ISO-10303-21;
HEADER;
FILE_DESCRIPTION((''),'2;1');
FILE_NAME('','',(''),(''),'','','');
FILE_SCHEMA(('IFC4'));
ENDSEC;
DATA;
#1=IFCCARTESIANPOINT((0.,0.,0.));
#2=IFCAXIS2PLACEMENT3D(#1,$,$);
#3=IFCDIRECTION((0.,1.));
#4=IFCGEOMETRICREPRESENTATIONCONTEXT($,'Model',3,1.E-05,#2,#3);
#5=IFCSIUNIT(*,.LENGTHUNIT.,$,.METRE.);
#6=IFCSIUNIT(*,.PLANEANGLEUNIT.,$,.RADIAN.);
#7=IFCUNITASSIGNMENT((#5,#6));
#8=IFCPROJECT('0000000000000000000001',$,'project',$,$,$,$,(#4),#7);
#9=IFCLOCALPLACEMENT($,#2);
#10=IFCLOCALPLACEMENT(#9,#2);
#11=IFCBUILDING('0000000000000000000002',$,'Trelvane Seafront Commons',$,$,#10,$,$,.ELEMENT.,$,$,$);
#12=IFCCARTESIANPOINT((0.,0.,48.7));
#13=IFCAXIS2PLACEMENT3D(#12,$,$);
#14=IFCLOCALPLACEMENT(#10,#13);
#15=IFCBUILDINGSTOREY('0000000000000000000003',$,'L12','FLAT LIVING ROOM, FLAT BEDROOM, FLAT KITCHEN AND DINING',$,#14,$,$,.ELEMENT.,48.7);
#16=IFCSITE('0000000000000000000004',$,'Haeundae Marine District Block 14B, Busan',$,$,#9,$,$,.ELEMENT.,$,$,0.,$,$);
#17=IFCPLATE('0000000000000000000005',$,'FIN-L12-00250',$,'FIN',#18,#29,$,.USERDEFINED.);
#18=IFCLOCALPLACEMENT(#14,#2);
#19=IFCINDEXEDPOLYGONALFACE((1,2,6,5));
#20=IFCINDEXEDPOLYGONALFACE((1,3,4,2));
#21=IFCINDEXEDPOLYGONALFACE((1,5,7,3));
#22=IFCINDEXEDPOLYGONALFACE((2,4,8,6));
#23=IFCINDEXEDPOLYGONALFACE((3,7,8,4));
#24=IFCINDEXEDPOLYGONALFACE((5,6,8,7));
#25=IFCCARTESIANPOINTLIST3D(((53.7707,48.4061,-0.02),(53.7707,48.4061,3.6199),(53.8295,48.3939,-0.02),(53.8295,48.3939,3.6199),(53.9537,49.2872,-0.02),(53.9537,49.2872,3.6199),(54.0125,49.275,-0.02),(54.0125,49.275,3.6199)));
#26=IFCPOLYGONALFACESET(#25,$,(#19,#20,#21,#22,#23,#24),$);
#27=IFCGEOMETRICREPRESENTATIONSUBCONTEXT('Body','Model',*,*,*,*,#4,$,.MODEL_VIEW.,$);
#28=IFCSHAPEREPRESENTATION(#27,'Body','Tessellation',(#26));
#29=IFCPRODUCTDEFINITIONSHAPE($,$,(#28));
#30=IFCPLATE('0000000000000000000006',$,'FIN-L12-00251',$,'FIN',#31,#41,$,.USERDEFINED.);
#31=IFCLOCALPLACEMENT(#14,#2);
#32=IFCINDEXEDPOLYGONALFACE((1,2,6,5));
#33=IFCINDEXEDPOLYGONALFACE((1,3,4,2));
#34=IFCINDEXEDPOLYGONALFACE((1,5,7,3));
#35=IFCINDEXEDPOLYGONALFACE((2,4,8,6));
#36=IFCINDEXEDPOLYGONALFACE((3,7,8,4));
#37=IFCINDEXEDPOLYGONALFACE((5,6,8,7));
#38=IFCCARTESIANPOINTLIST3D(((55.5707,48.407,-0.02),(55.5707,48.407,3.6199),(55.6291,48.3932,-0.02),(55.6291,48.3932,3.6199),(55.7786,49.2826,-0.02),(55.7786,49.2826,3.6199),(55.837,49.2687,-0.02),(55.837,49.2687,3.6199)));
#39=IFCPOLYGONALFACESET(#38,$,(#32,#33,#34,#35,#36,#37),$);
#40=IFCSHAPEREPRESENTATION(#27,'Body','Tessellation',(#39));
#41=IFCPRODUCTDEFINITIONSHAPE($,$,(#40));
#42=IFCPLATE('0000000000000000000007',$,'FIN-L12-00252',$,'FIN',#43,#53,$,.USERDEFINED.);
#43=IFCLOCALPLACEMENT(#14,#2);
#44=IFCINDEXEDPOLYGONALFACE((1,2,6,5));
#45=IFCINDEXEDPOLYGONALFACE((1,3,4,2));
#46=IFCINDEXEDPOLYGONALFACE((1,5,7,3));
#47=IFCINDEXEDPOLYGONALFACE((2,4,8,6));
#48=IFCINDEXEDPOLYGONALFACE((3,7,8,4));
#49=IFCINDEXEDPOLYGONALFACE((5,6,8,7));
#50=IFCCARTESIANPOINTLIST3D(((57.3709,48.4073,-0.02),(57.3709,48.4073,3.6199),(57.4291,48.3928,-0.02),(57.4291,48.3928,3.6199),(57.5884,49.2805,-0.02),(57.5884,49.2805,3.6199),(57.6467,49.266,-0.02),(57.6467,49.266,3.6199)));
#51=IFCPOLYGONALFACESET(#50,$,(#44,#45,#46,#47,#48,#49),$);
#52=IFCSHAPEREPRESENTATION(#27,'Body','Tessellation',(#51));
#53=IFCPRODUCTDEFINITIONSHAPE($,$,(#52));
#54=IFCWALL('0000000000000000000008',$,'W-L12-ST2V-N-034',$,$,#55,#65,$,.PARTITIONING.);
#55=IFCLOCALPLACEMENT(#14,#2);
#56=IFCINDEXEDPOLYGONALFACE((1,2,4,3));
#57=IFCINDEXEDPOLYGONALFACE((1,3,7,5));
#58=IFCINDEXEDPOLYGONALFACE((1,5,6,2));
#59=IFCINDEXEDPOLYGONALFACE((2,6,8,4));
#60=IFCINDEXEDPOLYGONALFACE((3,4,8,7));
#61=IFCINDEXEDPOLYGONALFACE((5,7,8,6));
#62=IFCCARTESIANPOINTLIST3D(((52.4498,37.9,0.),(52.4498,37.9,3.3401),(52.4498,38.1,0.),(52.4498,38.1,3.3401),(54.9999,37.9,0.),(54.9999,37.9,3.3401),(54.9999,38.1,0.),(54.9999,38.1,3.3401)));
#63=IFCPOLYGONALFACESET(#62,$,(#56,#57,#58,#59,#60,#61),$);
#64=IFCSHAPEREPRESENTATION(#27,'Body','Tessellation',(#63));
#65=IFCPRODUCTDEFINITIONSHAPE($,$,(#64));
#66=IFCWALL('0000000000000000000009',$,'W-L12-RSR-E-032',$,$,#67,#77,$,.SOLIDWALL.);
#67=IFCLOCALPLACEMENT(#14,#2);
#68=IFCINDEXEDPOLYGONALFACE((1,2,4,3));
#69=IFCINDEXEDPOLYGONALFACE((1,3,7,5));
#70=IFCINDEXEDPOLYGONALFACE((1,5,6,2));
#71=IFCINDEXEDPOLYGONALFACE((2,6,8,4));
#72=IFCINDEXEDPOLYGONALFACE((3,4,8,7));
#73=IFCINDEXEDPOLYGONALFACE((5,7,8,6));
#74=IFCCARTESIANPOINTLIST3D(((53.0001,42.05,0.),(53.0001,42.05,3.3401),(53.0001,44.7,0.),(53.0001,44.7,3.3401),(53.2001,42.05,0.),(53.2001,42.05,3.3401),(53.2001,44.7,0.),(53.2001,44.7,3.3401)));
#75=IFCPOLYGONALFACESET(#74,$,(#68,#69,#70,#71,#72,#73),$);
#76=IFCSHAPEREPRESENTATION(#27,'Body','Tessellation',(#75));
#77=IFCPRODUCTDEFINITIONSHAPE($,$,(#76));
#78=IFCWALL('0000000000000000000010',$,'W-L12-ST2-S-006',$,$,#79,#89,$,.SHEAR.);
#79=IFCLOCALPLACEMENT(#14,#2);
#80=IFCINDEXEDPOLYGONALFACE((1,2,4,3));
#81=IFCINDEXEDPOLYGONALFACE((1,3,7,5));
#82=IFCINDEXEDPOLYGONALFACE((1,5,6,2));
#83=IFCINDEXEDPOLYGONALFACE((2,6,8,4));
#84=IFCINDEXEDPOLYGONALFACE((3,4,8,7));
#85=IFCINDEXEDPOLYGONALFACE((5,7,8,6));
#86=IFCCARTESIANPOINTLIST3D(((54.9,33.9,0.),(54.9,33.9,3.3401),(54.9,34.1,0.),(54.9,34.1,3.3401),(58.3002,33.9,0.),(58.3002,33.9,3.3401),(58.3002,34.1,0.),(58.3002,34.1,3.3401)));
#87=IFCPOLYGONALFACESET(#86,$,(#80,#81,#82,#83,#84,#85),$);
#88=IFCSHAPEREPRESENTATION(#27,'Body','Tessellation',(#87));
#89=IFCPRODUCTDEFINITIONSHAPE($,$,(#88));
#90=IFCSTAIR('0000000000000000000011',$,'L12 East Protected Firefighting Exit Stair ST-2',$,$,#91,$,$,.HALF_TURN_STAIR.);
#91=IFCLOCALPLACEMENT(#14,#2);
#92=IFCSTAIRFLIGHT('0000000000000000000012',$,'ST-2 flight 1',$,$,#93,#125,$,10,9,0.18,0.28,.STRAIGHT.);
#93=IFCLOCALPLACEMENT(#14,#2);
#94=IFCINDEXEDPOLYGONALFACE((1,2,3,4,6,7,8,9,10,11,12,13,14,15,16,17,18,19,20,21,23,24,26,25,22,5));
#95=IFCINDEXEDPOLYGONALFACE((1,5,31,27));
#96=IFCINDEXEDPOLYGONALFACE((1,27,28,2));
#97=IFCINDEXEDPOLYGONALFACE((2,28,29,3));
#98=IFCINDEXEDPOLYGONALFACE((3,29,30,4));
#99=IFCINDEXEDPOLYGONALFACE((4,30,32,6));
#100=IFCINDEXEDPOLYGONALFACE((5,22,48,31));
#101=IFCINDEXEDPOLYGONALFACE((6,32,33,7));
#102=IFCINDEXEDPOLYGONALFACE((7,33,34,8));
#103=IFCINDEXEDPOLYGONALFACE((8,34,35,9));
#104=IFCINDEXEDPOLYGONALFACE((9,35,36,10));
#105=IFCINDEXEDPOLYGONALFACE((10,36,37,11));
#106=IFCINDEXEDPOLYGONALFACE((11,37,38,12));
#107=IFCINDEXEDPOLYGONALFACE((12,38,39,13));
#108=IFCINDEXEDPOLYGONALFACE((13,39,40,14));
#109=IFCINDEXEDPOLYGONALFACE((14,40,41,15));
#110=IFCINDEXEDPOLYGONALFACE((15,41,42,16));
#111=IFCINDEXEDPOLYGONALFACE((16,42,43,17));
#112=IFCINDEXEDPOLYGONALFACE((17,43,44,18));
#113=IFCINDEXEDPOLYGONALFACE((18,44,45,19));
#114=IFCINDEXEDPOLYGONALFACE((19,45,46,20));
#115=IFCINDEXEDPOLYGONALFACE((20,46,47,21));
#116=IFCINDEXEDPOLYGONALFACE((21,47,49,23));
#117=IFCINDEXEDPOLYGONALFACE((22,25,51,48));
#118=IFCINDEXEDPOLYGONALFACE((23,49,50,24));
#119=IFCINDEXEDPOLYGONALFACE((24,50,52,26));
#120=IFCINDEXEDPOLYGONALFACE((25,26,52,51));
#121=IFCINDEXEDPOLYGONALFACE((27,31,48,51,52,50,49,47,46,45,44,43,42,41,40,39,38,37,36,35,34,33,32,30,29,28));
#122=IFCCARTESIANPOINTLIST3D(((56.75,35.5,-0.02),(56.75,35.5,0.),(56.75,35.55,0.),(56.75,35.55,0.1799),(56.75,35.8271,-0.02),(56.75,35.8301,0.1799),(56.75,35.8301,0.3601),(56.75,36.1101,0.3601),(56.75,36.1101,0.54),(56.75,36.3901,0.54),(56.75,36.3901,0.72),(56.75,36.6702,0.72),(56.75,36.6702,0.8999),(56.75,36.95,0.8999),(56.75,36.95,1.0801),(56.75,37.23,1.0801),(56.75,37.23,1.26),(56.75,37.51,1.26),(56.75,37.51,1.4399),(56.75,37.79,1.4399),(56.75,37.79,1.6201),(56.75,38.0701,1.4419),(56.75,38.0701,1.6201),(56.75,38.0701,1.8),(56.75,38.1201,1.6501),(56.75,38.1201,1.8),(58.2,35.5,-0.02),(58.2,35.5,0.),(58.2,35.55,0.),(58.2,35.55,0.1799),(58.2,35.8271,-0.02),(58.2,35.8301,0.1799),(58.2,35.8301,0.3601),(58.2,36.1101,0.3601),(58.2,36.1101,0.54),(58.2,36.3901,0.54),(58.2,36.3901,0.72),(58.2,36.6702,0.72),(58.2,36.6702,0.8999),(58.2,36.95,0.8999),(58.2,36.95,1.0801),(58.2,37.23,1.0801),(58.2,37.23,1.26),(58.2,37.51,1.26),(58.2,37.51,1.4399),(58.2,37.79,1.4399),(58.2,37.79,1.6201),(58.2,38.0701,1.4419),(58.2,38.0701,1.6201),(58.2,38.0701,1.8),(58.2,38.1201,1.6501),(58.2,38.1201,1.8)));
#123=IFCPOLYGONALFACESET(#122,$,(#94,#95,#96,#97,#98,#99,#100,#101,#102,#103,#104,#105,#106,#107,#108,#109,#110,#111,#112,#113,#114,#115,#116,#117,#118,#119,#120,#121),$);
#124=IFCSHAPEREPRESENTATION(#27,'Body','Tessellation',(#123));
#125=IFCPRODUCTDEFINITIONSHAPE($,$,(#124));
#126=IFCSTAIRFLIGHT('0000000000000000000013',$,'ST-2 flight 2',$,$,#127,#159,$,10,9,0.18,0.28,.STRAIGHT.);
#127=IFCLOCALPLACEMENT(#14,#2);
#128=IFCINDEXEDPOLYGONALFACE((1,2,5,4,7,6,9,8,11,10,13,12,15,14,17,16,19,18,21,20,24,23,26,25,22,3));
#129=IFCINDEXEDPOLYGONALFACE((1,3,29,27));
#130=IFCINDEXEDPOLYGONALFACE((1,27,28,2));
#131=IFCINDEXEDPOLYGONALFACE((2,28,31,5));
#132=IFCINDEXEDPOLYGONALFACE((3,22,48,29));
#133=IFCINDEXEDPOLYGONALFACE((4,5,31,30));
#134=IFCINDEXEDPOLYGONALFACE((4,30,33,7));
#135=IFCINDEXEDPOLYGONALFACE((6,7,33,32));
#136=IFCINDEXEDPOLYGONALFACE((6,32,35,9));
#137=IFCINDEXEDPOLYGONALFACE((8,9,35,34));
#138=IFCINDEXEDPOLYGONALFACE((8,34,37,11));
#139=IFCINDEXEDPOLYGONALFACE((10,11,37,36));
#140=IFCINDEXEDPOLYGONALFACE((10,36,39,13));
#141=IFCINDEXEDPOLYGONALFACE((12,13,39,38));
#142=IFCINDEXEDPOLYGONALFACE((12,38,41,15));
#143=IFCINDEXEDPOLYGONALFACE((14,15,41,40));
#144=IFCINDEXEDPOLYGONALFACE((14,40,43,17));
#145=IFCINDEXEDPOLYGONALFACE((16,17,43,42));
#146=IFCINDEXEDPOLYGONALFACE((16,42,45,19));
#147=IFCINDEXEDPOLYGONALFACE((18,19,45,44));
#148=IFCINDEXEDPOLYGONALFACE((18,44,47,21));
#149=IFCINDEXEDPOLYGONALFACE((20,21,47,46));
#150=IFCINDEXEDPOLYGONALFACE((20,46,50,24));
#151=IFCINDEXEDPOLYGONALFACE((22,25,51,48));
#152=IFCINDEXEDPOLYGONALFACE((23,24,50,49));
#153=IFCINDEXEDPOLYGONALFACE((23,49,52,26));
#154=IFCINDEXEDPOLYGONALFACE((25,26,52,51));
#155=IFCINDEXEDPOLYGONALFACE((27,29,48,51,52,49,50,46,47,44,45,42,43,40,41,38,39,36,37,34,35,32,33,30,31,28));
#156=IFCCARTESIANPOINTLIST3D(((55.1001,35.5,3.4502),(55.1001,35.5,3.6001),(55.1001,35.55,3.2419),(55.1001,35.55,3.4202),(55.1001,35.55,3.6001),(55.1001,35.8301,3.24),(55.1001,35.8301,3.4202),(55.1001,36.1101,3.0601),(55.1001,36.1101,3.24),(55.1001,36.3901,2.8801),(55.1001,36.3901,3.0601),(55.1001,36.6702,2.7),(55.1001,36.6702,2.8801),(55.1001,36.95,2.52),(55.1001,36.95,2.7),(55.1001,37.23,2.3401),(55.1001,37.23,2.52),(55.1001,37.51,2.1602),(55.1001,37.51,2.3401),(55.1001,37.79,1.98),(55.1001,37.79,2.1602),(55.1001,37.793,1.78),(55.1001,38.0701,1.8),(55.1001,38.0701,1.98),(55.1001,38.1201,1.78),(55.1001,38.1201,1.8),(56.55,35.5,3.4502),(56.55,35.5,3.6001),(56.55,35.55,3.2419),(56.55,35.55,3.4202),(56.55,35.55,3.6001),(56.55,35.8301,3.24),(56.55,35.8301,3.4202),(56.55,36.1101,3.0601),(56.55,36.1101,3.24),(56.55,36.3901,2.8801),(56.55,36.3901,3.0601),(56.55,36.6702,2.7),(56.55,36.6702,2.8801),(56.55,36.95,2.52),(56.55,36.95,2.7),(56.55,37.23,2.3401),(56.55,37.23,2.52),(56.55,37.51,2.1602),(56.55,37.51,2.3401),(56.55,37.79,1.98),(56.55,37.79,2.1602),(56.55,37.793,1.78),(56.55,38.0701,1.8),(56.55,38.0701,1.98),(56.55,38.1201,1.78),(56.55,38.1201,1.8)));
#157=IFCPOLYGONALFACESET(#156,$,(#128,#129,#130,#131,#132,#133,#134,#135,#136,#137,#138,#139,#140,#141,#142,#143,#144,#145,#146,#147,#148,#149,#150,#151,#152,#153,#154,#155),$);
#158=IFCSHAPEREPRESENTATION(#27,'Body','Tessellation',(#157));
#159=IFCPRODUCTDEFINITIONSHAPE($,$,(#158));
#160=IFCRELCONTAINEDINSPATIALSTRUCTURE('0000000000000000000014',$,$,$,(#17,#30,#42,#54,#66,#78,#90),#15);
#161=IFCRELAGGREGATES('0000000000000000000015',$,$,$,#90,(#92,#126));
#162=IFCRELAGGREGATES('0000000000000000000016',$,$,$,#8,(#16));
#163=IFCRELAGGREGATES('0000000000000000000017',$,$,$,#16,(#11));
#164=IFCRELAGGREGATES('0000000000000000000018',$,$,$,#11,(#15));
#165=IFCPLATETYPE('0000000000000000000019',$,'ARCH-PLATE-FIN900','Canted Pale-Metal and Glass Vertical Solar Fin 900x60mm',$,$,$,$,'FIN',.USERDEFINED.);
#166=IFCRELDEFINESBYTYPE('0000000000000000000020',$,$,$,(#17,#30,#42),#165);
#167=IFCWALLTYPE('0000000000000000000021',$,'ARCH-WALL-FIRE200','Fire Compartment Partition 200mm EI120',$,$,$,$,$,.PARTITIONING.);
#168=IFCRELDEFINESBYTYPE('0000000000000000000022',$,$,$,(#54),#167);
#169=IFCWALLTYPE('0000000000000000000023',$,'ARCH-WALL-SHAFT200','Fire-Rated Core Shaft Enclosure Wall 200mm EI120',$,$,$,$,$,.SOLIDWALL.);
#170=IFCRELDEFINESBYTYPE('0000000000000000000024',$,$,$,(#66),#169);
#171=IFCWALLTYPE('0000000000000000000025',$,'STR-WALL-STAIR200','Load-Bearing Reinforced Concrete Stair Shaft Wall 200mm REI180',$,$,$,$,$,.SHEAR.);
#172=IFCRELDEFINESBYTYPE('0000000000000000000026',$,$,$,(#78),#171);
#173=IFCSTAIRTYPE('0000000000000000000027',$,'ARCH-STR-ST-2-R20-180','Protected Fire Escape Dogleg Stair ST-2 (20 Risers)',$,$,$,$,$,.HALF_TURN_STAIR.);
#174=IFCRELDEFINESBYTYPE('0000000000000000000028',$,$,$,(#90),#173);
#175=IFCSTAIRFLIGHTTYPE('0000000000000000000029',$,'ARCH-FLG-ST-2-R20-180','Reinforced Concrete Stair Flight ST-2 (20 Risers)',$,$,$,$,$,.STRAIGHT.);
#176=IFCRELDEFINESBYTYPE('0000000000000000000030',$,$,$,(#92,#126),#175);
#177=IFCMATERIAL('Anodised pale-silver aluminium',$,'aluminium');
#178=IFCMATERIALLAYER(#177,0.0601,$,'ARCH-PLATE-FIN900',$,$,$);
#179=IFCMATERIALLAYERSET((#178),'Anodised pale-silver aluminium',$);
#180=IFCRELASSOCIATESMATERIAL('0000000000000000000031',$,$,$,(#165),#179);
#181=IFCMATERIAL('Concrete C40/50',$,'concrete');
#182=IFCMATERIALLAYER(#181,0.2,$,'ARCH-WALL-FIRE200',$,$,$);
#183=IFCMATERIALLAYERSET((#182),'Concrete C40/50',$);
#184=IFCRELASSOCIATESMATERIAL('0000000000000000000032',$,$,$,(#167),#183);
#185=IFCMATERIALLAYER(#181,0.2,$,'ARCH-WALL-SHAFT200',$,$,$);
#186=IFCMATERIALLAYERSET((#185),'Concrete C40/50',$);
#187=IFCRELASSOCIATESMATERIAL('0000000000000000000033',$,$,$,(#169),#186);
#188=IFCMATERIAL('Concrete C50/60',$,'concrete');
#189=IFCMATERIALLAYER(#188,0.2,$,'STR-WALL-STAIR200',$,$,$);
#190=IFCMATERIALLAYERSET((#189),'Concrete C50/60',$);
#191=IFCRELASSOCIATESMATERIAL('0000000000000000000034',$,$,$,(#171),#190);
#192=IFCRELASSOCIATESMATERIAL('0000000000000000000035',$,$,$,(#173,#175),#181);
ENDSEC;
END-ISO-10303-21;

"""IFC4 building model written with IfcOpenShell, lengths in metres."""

from ifc_helpers import new_model, si_unit, direction, frame, frame_2d, origin, origin_2d, place, context, subcontext, project, spatial, polyline, rectangle, outline, extrude, source, transform, mapped, material, layer, layer_set, type_object, element, aggregate, save


model = new_model("IFC4")

# Units and contexts
model_context = context("Model", 3, precision=1e-05, world=origin(), true_north=direction((0.0, 1.0)))
body_context = subcontext(model_context, "Body", "Model", "MODEL_VIEW")
ifc_project = project(units=[si_unit("LENGTHUNIT", "METRE"), si_unit("PLANEANGLEUNIT", "RADIAN")], contexts=[model_context])

# Site, building, storey
site_placement = place(None, origin())
site = spatial("IfcSite", under=ifc_project, at=site_placement, Name="Haeundae Marine District Block 14B, Busan", CompositionType="ELEMENT", RefElevation=0.0)
building_placement = place(site_placement, origin())
building = spatial("IfcBuilding", under=site, at=building_placement, Name="Trelvane Seafront Commons", CompositionType="ELEMENT")
storey_placement = place(building_placement, frame((0.0, 0.0, 48.7)))
storey = spatial("IfcBuildingStorey", under=building, at=storey_placement, Name="L12", Description="FLAT LIVING ROOM, FLAT BEDROOM, FLAT KITCHEN AND DINING", CompositionType="ELEMENT", Elevation=48.7)

# Shared definitions
ifc_material_1 = material(Name="Anodised pale-silver aluminium", Category="aluminium")

# Plates
ifc_layer_1 = layer(ifc_material_1, 0.0601, Name="ARCH-PLATE-FIN900")
ifc_layer_set_1 = layer_set([ifc_layer_1], Name="Anodised pale-silver aluminium")
plate_type_1 = type_object("IfcPlateType", Name="ARCH-PLATE-FIN900", Description="Canted Pale-Metal and Glass Vertical Solar Fin 900x60mm", ElementType="FIN", PredefinedType="USERDEFINED", material=ifc_layer_set_1)
shared_shape_1 = source(origin(), body_context, "Body", "SweptSolid", [
    extrude(rectangle(XDim=0.8999, YDim=0.0601, at=origin_2d()), origin(), (0.0, 0.0, 1.0), 3.6399),
])
for number, where, z_axis, x_axis, name in (
    (1, (53.8916, 48.8406, -0.02), (0.0, 0.0, 1.0), (0.203332, 0.97911, 0.0), "FIN-L12-00250"),
    (2, (55.7039, 48.8379, -0.02), (0.0, 0.0, 1.0), (0.230989, 0.972956, 0.0), "FIN-L12-00251"),
    (3, (57.5088, 48.8367, -0.02), (0.0, 0.0, 1.0), (0.241778, 0.970332, 0.0), "FIN-L12-00252"),
):
    element("IfcPlate", number, at=place(storey_placement, frame(where, z_axis=z_axis, x_axis=x_axis)), inside=storey, type_object=plate_type_1, Name=name, ObjectType="FIN", PredefinedType="USERDEFINED", context=body_context, shape_type="MappedRepresentation", body=[
        mapped(shared_shape_1, transform((0.0, 0.0, 0.0), x_axis=(1.0, 0.0, 0.0), y_axis=(0.0, 1.0, 0.0), z_axis=(0.0, 0.0, 1.0), scale=1.0)),
    ])

# Walls
ifc_material_2 = material(Name="Concrete C40/50", Category="concrete")
ifc_layer_2 = layer(ifc_material_2, 0.2, Name="ARCH-WALL-FIRE200")
ifc_layer_set_2 = layer_set([ifc_layer_2], Name="Concrete C40/50")
wall_type_1 = type_object("IfcWallType", Name="ARCH-WALL-FIRE200", Description="Fire Compartment Partition 200mm EI120", PredefinedType="PARTITIONING", material=ifc_layer_set_2)
wall_1_placement = place(storey_placement, frame((52.45, 38.0, 0.0), z_axis=(0.0, 0.0, 1.0), x_axis=(1.0, 0.0, 0.0)))
element("IfcWall", 4, at=wall_1_placement, inside=storey, type_object=wall_type_1, Name="W-L12-ST2V-N-034", PredefinedType="PARTITIONING", context=body_context, shape_type="SweptSolid", body=[
    extrude(rectangle(XDim=2.55, YDim=0.2, at=frame_2d((1.2749, 0.0))), origin(), (0.0, 0.0, 1.0), 3.3401),
])
ifc_layer_3 = layer(ifc_material_2, 0.2, Name="ARCH-WALL-SHAFT200")
ifc_layer_set_3 = layer_set([ifc_layer_3], Name="Concrete C40/50")
wall_type_2 = type_object("IfcWallType", Name="ARCH-WALL-SHAFT200", Description="Fire-Rated Core Shaft Enclosure Wall 200mm EI120", PredefinedType="SOLIDWALL", material=ifc_layer_set_3)
wall_2_placement = place(storey_placement, frame((53.1001, 42.05, 0.0), z_axis=(0.0, 0.0, 1.0), x_axis=(0.0, 1.0, 0.0)))
element("IfcWall", 5, at=wall_2_placement, inside=storey, type_object=wall_type_2, Name="W-L12-RSR-E-032", PredefinedType="SOLIDWALL", context=body_context, shape_type="SweptSolid", body=[
    extrude(rectangle(XDim=2.6499, YDim=0.2, at=frame_2d((1.325, 0.0))), origin(), (0.0, 0.0, 1.0), 3.3401),
])
ifc_material_3 = material(Name="Concrete C50/60", Category="concrete")
ifc_layer_4 = layer(ifc_material_3, 0.2, Name="STR-WALL-STAIR200")
ifc_layer_set_4 = layer_set([ifc_layer_4], Name="Concrete C50/60")
wall_type_3 = type_object("IfcWallType", Name="STR-WALL-STAIR200", Description="Load-Bearing Reinforced Concrete Stair Shaft Wall 200mm REI180", PredefinedType="SHEAR", material=ifc_layer_set_4)
wall_3_placement = place(storey_placement, frame((54.8999, 34.0, 0.0), z_axis=(0.0, 0.0, 1.0), x_axis=(1.0, 0.0, 0.0)))
element("IfcWall", 6, at=wall_3_placement, inside=storey, type_object=wall_type_3, Name="W-L12-ST2-S-006", PredefinedType="SHEAR", context=body_context, shape_type="SweptSolid", body=[
    extrude(rectangle(XDim=3.4001, YDim=0.2, at=frame_2d((1.7002, 0.0))), origin(), (0.0, 0.0, 1.0), 3.3401),
])

# Stair, stair flights
stair_type = type_object("IfcStairType", Name="ARCH-STR-ST-2-R20-180", Description="Protected Fire Escape Dogleg Stair ST-2 (20 Risers)", PredefinedType="HALF_TURN_STAIR", material=ifc_material_2)
stair_placement = place(storey_placement, origin())
stair = element("IfcStair", 7, at=stair_placement, inside=storey, type_object=stair_type, Name="L12 East Protected Firefighting Exit Stair ST-2", PredefinedType="HALF_TURN_STAIR")
stair_flight_type = type_object("IfcStairFlightType", Name="ARCH-FLG-ST-2-R20-180", Description="Reinforced Concrete Stair Flight ST-2 (20 Risers)", PredefinedType="STRAIGHT", material=ifc_material_2)
shared_shape_2 = source(origin(), body_context, "Body", "SweptSolid", [
    extrude(outline(polyline([(-0.05, -0.02), (-0.05, 0.0), (0.0, 0.0), (0.0, 0.1799), (0.28, 0.1799), (0.28, 0.3601), (0.5601, 0.3601), (0.5601, 0.54), (0.8401, 0.54), (0.8401, 0.72), (1.1201, 0.72), (1.1201, 0.8999), (1.3999, 0.8999), (1.3999, 1.0801), (1.6799, 1.0801), (1.6799, 1.26), (1.96, 1.26), (1.96, 1.4399), (2.24, 1.4399), (2.24, 1.6201), (2.52, 1.6201), (2.52, 1.8), (2.5701, 1.8), (2.5701, 1.6501), (2.52, 1.4419), (0.2771, -0.02), (-0.05, -0.02)])), frame((0.0, 0.7251, 0.0), z_axis=(0.0, -1.0, 0.0), x_axis=(1.0, 0.0, 0.0)), (0.0, 0.0, 1.0), 1.45),
])
stair_flight_1_placement = place(storey_placement, frame((57.4751, 35.55, 0.0), z_axis=(0.0, 0.0, 1.0), x_axis=(0.0, 1.0, 0.0)))
stair_flight_1 = element("IfcStairFlight", 8, at=stair_flight_1_placement, type_object=stair_flight_type, Name="ST-2 flight 1", NumberOfRisers=10, NumberOfTreads=9, PredefinedType="STRAIGHT", RiserHeight=0.18, TreadLength=0.28, context=body_context, shape_type="MappedRepresentation", body=[
    mapped(shared_shape_2, transform((0.0, 0.0, 0.0), x_axis=(1.0, 0.0, 0.0), y_axis=(0.0, 1.0, 0.0), z_axis=(0.0, 0.0, 1.0), scale=1.0)),
])
stair_flight_2_placement = place(storey_placement, frame((55.825, 38.0701, 1.8), z_axis=(0.0, 0.0, 1.0), x_axis=(0.0, -1.0, 0.0)))
stair_flight_2 = element("IfcStairFlight", 9, at=stair_flight_2_placement, type_object=stair_flight_type, Name="ST-2 flight 2", NumberOfRisers=10, NumberOfTreads=9, PredefinedType="STRAIGHT", RiserHeight=0.18, TreadLength=0.28, context=body_context, shape_type="MappedRepresentation", body=[
    mapped(shared_shape_2, transform((0.0, 0.0, 0.0), x_axis=(1.0, 0.0, 0.0), y_axis=(0.0, 1.0, 0.0), z_axis=(0.0, 0.0, 1.0), scale=1.0)),
])
aggregate(stair, [stair_flight_1, stair_flight_2])

save(model, "model.ifc")
